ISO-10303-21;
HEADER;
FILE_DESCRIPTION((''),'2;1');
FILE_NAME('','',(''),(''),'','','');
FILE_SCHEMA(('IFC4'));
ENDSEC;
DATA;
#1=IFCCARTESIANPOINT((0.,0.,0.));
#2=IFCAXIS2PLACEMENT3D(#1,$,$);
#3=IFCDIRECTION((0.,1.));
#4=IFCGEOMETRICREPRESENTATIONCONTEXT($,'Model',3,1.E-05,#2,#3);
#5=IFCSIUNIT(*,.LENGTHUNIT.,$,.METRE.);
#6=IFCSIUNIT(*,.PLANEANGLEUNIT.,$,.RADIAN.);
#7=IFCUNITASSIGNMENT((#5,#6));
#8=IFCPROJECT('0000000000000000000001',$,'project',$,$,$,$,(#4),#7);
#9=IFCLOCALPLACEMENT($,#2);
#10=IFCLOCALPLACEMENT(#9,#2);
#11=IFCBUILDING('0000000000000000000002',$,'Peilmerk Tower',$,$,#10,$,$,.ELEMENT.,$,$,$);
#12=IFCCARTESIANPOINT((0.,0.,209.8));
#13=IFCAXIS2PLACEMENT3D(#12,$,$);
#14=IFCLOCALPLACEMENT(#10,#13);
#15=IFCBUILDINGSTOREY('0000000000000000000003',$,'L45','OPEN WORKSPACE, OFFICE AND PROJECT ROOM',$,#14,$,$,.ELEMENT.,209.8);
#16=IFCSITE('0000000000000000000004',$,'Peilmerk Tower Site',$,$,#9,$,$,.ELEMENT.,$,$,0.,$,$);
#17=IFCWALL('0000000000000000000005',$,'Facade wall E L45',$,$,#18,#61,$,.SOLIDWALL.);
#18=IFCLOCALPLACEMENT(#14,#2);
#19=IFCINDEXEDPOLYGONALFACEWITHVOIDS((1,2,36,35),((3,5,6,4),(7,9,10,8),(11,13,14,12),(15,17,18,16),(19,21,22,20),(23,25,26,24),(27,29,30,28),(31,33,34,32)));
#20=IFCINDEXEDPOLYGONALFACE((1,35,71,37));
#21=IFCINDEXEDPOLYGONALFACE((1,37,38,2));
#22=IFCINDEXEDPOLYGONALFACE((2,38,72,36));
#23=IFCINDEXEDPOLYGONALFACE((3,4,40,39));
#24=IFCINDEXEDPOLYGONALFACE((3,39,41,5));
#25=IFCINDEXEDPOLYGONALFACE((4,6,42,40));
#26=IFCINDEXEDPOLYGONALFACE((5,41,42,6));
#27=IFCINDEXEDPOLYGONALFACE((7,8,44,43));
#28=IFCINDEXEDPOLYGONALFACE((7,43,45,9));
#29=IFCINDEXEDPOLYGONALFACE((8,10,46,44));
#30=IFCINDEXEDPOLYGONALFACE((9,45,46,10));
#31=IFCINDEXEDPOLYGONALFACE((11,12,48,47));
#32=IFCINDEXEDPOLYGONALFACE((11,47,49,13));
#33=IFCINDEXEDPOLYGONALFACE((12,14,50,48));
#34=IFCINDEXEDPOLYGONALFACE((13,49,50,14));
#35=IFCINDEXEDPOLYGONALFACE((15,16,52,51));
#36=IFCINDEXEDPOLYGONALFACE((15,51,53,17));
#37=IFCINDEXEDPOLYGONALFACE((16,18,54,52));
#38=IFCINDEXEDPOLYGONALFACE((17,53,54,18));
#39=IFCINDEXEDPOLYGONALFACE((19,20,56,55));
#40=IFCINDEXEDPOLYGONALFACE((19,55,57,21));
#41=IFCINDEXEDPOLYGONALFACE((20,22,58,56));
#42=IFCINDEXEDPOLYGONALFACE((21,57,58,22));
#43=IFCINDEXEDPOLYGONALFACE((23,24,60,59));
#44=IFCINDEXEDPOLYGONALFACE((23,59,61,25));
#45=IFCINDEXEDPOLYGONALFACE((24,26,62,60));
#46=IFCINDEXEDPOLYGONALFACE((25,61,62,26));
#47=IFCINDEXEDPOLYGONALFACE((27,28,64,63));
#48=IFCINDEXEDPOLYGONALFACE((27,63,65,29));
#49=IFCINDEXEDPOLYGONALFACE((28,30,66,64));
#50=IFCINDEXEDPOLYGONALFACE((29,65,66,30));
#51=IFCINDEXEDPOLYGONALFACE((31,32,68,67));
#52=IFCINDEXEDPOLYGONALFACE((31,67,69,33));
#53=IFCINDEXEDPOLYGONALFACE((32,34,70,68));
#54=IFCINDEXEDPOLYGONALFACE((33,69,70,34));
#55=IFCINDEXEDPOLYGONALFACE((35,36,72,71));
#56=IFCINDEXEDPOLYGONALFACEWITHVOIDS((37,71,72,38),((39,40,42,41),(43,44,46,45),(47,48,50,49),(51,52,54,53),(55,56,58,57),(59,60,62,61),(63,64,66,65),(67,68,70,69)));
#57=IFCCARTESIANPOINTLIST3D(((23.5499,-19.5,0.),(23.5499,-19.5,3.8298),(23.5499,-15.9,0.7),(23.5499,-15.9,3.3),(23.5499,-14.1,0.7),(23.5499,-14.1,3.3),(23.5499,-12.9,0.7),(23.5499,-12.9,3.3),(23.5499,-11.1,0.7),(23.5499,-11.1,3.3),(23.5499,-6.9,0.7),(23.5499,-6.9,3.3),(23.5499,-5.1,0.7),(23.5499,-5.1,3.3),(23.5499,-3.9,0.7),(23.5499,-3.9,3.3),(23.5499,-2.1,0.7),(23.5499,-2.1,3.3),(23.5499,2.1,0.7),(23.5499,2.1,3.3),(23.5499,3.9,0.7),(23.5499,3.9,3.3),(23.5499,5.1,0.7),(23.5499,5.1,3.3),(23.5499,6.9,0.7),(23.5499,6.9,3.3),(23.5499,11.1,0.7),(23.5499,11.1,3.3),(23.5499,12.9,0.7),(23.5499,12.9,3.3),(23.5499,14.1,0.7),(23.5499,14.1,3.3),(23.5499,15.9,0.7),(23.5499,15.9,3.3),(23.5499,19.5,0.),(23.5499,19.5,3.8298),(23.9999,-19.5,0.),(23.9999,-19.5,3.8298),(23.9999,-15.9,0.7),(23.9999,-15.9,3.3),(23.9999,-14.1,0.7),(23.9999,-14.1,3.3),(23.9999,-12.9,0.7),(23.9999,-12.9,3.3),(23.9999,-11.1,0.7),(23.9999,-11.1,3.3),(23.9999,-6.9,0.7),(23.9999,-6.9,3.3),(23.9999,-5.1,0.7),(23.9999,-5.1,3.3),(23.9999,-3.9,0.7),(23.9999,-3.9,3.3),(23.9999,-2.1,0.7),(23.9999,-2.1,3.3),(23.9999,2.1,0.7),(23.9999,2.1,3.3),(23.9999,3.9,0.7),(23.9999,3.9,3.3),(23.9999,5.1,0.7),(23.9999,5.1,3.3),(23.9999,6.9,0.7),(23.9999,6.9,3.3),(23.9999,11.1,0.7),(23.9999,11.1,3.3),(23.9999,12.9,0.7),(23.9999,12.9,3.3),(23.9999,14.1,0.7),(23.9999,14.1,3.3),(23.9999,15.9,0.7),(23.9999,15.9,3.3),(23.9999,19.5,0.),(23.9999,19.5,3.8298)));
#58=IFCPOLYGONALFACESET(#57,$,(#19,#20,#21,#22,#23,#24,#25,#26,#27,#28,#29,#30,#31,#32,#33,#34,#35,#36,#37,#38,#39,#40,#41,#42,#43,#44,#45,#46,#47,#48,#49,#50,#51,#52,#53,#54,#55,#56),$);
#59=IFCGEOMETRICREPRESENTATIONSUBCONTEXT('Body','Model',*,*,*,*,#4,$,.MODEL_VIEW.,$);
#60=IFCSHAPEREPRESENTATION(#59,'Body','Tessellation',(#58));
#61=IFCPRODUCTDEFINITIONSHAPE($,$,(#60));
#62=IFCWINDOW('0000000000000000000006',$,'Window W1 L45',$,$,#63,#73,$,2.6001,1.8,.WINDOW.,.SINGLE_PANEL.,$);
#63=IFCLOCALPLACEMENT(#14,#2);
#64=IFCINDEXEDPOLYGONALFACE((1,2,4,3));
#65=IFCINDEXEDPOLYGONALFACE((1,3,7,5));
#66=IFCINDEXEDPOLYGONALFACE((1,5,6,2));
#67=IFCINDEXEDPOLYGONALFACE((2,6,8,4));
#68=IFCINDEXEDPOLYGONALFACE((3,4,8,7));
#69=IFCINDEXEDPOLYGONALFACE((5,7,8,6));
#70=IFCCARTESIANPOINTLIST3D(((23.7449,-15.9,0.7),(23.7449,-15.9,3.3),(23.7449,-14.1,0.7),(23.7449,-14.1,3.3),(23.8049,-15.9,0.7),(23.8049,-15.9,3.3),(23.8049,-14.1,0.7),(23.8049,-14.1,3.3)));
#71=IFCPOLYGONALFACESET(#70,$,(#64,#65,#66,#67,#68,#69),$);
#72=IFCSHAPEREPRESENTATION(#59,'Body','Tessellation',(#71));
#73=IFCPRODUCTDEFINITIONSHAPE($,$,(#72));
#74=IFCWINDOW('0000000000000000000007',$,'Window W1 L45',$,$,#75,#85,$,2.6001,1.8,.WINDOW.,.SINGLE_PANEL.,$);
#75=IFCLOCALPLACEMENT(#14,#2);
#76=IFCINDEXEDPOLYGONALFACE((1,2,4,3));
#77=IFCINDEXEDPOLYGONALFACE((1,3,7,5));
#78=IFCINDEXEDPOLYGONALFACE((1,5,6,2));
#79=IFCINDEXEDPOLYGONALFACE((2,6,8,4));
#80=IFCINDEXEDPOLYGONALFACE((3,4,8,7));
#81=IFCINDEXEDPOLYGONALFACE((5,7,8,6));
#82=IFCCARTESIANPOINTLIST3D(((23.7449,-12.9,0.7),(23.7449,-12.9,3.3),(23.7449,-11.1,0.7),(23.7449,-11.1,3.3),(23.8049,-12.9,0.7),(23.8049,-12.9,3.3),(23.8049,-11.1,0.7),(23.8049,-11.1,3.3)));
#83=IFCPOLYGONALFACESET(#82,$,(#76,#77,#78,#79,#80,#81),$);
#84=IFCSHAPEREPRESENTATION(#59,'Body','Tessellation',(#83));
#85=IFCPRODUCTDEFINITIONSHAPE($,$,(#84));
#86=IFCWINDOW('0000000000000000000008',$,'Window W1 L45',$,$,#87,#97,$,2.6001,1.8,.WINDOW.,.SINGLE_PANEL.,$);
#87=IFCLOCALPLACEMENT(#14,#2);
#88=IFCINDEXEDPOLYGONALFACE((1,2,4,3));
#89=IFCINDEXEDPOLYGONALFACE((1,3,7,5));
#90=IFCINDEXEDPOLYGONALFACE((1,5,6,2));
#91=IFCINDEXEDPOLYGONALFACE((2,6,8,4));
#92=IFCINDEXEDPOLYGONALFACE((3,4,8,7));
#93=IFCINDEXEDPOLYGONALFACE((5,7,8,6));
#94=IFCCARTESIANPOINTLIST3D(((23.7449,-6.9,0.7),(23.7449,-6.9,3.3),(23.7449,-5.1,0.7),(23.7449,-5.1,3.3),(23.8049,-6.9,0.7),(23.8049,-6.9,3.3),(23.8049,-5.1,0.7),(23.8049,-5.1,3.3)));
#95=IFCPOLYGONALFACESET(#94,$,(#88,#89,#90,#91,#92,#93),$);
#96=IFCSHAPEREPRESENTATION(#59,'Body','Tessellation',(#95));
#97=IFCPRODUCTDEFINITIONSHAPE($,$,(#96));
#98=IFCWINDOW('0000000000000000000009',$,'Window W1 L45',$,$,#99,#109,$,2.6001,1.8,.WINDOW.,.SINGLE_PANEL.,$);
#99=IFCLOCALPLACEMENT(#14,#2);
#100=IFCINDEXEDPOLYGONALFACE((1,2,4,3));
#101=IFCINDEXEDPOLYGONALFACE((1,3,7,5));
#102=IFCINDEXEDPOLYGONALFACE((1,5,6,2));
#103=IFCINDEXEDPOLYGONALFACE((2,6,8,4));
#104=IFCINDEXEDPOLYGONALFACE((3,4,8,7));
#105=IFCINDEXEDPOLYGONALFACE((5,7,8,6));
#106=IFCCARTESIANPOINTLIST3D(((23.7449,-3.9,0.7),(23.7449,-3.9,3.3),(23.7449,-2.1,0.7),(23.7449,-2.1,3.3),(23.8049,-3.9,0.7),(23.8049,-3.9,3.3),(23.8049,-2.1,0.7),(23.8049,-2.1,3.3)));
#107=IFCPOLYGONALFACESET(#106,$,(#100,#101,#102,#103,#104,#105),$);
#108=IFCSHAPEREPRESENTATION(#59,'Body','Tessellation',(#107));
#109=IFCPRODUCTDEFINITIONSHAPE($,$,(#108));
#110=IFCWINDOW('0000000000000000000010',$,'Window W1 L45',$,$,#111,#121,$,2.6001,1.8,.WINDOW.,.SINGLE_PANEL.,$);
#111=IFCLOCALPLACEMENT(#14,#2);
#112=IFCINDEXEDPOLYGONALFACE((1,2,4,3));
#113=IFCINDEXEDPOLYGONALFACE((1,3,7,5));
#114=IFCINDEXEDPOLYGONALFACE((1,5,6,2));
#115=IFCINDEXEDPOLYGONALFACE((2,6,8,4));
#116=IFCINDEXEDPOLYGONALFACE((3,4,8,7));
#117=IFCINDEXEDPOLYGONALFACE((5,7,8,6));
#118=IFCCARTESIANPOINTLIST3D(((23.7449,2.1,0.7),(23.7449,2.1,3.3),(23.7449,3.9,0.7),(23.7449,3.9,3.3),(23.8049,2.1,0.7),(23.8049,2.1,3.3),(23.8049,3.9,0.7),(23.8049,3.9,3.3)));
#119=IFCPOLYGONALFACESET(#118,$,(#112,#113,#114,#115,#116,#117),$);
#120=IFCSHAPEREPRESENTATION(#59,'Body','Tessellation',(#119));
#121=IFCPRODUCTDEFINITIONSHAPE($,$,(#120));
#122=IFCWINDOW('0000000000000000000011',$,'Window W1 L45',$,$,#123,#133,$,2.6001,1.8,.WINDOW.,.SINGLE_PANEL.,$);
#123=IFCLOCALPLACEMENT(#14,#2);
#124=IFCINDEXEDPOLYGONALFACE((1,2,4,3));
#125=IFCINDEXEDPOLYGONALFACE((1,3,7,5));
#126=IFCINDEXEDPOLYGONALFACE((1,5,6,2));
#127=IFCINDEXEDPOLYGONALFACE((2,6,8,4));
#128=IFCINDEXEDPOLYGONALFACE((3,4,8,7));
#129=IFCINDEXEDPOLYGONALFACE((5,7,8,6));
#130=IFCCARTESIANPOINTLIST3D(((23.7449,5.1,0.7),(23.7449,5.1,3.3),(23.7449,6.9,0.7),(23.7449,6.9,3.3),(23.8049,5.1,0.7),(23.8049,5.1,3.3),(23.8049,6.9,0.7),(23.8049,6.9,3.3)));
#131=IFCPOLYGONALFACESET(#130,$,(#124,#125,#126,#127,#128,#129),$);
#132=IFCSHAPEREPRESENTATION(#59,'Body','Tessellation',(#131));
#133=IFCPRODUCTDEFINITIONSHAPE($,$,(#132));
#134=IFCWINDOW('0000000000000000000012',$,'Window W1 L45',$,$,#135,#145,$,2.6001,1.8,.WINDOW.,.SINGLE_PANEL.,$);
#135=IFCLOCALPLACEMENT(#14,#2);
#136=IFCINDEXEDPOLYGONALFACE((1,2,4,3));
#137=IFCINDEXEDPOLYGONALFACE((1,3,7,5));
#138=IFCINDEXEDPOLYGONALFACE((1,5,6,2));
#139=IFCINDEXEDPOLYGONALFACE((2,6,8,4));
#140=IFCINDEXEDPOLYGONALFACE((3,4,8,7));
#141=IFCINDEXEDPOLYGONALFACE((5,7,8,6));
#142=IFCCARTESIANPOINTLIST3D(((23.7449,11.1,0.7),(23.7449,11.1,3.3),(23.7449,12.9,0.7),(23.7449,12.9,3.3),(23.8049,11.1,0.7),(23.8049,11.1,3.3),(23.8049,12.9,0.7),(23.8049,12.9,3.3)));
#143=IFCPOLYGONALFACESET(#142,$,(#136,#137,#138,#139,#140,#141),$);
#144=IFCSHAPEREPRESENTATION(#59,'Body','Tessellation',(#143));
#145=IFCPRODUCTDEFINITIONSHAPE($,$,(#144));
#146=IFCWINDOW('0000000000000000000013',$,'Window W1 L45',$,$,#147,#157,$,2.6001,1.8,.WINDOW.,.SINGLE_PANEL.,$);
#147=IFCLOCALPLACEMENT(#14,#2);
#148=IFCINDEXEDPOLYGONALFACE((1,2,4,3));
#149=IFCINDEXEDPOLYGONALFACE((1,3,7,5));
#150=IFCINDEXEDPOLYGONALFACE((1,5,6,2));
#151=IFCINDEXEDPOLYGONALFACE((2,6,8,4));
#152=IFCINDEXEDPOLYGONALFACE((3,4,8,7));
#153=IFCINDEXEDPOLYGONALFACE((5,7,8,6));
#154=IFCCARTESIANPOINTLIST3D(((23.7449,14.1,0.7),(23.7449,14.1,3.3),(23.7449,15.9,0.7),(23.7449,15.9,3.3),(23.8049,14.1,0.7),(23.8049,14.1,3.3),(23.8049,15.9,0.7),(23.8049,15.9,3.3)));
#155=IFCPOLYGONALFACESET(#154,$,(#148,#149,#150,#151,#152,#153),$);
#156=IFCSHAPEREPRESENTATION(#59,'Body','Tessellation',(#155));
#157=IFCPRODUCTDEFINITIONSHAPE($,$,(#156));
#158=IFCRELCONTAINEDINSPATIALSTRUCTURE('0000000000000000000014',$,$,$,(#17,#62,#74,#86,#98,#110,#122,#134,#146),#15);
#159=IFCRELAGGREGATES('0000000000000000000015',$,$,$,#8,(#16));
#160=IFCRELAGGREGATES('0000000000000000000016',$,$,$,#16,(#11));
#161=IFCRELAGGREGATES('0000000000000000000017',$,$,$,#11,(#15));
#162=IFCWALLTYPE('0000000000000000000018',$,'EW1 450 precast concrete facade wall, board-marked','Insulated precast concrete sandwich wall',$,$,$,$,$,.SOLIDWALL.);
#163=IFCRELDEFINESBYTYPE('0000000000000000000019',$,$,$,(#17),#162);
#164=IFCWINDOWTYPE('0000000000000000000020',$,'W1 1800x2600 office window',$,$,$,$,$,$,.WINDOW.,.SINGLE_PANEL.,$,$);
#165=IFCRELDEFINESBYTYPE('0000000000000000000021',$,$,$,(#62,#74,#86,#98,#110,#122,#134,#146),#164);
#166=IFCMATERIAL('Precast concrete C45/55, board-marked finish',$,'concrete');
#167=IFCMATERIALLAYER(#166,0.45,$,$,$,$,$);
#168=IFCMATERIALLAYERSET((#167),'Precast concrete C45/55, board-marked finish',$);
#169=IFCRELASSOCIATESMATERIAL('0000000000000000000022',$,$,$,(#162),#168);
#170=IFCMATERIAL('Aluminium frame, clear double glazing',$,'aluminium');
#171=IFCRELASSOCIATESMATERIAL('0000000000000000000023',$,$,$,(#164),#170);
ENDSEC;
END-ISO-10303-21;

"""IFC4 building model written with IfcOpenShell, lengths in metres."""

from ifc_helpers import new_model, si_unit, direction, frame, frame_2d, origin, place, context, subcontext, project, spatial, rectangle, extrude, material, layer, layer_set, type_object, element, fill, save


model = new_model("IFC4")

# Units and contexts
model_context = context("Model", 3, precision=1e-05, world=origin(), true_north=direction((0.0, 1.0)))
body_context = subcontext(model_context, "Body", "Model", "MODEL_VIEW")
ifc_project = project(units=[si_unit("LENGTHUNIT", "METRE"), si_unit("PLANEANGLEUNIT", "RADIAN")], contexts=[model_context])

# Site, building, storey
site_placement = place(None, origin())
site = spatial("IfcSite", under=ifc_project, at=site_placement, Name="Peilmerk Tower Site", CompositionType="ELEMENT", RefElevation=0.0)
building_placement = place(site_placement, origin())
building = spatial("IfcBuilding", under=site, at=building_placement, Name="Peilmerk Tower", CompositionType="ELEMENT")
storey_placement = place(building_placement, frame((0.0, 0.0, 209.8)))
storey = spatial("IfcBuildingStorey", under=building, at=storey_placement, Name="L45", Description="OPEN WORKSPACE, OFFICE AND PROJECT ROOM", CompositionType="ELEMENT", Elevation=209.8)

# Wall, openings, windows
ifc_material_1 = material(Name="Precast concrete C45/55, board-marked finish", Category="concrete")
ifc_layer_1 = layer(ifc_material_1, 0.45)
ifc_layer_set_1 = layer_set([ifc_layer_1], Name="Precast concrete C45/55, board-marked finish")
wall_type = type_object("IfcWallType", Name="EW1 450 precast concrete facade wall, board-marked", Description="Insulated precast concrete sandwich wall", PredefinedType="SOLIDWALL", material=ifc_layer_set_1)
wall_1_placement = place(storey_placement, frame((23.7749, -19.5, 0.0), z_axis=(0.0, 0.0, 1.0), x_axis=(0.0, 1.0, 0.0)))
wall_1 = element("IfcWall", 1, at=wall_1_placement, inside=storey, type_object=wall_type, Name="Facade wall E L45", PredefinedType="SOLIDWALL", context=body_context, shape_type="SweptSolid", body=[
    extrude(rectangle(XDim=39.0, YDim=0.45, at=frame_2d((19.5, 0.0))), origin(), (0.0, 0.0, 1.0), 3.8298),
])
opening_1_placement = place(wall_1_placement, frame((3.6001, 0.0, 0.7)))
opening_1 = element("IfcOpeningElement", 2, at=opening_1_placement, cuts=wall_1, PredefinedType="OPENING", context=body_context, shape_type="SweptSolid", body=[
    extrude(rectangle(XDim=1.8, YDim=2.6001, at=frame_2d((0.8999, 1.3))), frame((0.0, 0.2349, 0.0), z_axis=(0.0, -1.0, 0.0), x_axis=(1.0, 0.0, 0.0)), (0.0, 0.0, 1.0), 0.47),
])
opening_2_placement = place(wall_1_placement, frame((6.6001, 0.0, 0.7)))
opening_2 = element("IfcOpeningElement", 3, at=opening_2_placement, cuts=wall_1, PredefinedType="OPENING", context=body_context, shape_type="SweptSolid", body=[
    extrude(rectangle(XDim=1.8, YDim=2.6001, at=frame_2d((0.8999, 1.3))), frame((0.0, 0.2349, 0.0), z_axis=(0.0, -1.0, 0.0), x_axis=(1.0, 0.0, 0.0)), (0.0, 0.0, 1.0), 0.47),
])
opening_3_placement = place(wall_1_placement, frame((12.6001, 0.0, 0.7)))
opening_3 = element("IfcOpeningElement", 4, at=opening_3_placement, cuts=wall_1, PredefinedType="OPENING", context=body_context, shape_type="SweptSolid", body=[
    extrude(rectangle(XDim=1.8, YDim=2.6001, at=frame_2d((0.8999, 1.3))), frame((0.0, 0.2349, 0.0), z_axis=(0.0, -1.0, 0.0), x_axis=(1.0, 0.0, 0.0)), (0.0, 0.0, 1.0), 0.47),
])
opening_4_placement = place(wall_1_placement, frame((15.6001, 0.0, 0.7)))
opening_4 = element("IfcOpeningElement", 5, at=opening_4_placement, cuts=wall_1, PredefinedType="OPENING", context=body_context, shape_type="SweptSolid", body=[
    extrude(rectangle(XDim=1.8, YDim=2.6001, at=frame_2d((0.8999, 1.3))), frame((0.0, 0.2349, 0.0), z_axis=(0.0, -1.0, 0.0), x_axis=(1.0, 0.0, 0.0)), (0.0, 0.0, 1.0), 0.47),
])
opening_5_placement = place(wall_1_placement, frame((21.6001, 0.0, 0.7)))
opening_5 = element("IfcOpeningElement", 6, at=opening_5_placement, cuts=wall_1, PredefinedType="OPENING", context=body_context, shape_type="SweptSolid", body=[
    extrude(rectangle(XDim=1.8, YDim=2.6001, at=frame_2d((0.8999, 1.3))), frame((0.0, 0.2349, 0.0), z_axis=(0.0, -1.0, 0.0), x_axis=(1.0, 0.0, 0.0)), (0.0, 0.0, 1.0), 0.47),
])
opening_6_placement = place(wall_1_placement, frame((24.6001, 0.0, 0.7)))
opening_6 = element("IfcOpeningElement", 7, at=opening_6_placement, cuts=wall_1, PredefinedType="OPENING", context=body_context, shape_type="SweptSolid", body=[
    extrude(rectangle(XDim=1.8, YDim=2.6001, at=frame_2d((0.8999, 1.3))), frame((0.0, 0.2349, 0.0), z_axis=(0.0, -1.0, 0.0), x_axis=(1.0, 0.0, 0.0)), (0.0, 0.0, 1.0), 0.47),
])
opening_7_placement = place(wall_1_placement, frame((30.6001, 0.0, 0.7)))
opening_7 = element("IfcOpeningElement", 8, at=opening_7_placement, cuts=wall_1, PredefinedType="OPENING", context=body_context, shape_type="SweptSolid", body=[
    extrude(rectangle(XDim=1.8, YDim=2.6001, at=frame_2d((0.8999, 1.3))), frame((0.0, 0.2349, 0.0), z_axis=(0.0, -1.0, 0.0), x_axis=(1.0, 0.0, 0.0)), (0.0, 0.0, 1.0), 0.47),
])
opening_8_placement = place(wall_1_placement, frame((33.6001, 0.0, 0.7)))
opening_8 = element("IfcOpeningElement", 9, at=opening_8_placement, cuts=wall_1, PredefinedType="OPENING", context=body_context, shape_type="SweptSolid", body=[
    extrude(rectangle(XDim=1.8, YDim=2.6001, at=frame_2d((0.8999, 1.3))), frame((0.0, 0.2349, 0.0), z_axis=(0.0, -1.0, 0.0), x_axis=(1.0, 0.0, 0.0)), (0.0, 0.0, 1.0), 0.47),
])
ifc_material_2 = material(Name="Aluminium frame, clear double glazing", Category="aluminium")
window_type = type_object("IfcWindowType", Name="W1 1800x2600 office window", PartitioningType="SINGLE_PANEL", PredefinedType="WINDOW", material=ifc_material_2)
window_1_placement = place(opening_1_placement, origin())
window_1 = element("IfcWindow", 10, at=window_1_placement, inside=storey, type_object=window_type, Name="Window W1 L45", OverallHeight=2.6001, OverallWidth=1.8, PartitioningType="SINGLE_PANEL", PredefinedType="WINDOW", context=body_context, shape_type="SweptSolid", body=[
    extrude(rectangle(XDim=1.8, YDim=2.6001, at=frame_2d((0.8999, 1.3))), frame((0.0, 0.03, 0.0), z_axis=(0.0, -1.0, 0.0), x_axis=(1.0, 0.0, 0.0)), (0.0, 0.0, 1.0), 0.0601),
])
fill(opening_1, window_1)
window_2_placement = place(opening_2_placement, origin())
window_2 = element("IfcWindow", 11, at=window_2_placement, inside=storey, type_object=window_type, Name="Window W1 L45", OverallHeight=2.6001, OverallWidth=1.8, PartitioningType="SINGLE_PANEL", PredefinedType="WINDOW", context=body_context, shape_type="SweptSolid", body=[
    extrude(rectangle(XDim=1.8, YDim=2.6001, at=frame_2d((0.8999, 1.3))), frame((0.0, 0.03, 0.0), z_axis=(0.0, -1.0, 0.0), x_axis=(1.0, 0.0, 0.0)), (0.0, 0.0, 1.0), 0.0601),
])
fill(opening_2, window_2)
window_3_placement = place(opening_3_placement, origin())
window_3 = element("IfcWindow", 12, at=window_3_placement, inside=storey, type_object=window_type, Name="Window W1 L45", OverallHeight=2.6001, OverallWidth=1.8, PartitioningType="SINGLE_PANEL", PredefinedType="WINDOW", context=body_context, shape_type="SweptSolid", body=[
    extrude(rectangle(XDim=1.8, YDim=2.6001, at=frame_2d((0.8999, 1.3))), frame((0.0, 0.03, 0.0), z_axis=(0.0, -1.0, 0.0), x_axis=(1.0, 0.0, 0.0)), (0.0, 0.0, 1.0), 0.0601),
])
fill(opening_3, window_3)
window_4_placement = place(opening_4_placement, origin())
window_4 = element("IfcWindow", 13, at=window_4_placement, inside=storey, type_object=window_type, Name="Window W1 L45", OverallHeight=2.6001, OverallWidth=1.8, PartitioningType="SINGLE_PANEL", PredefinedType="WINDOW", context=body_context, shape_type="SweptSolid", body=[
    extrude(rectangle(XDim=1.8, YDim=2.6001, at=frame_2d((0.8999, 1.3))), frame((0.0, 0.03, 0.0), z_axis=(0.0, -1.0, 0.0), x_axis=(1.0, 0.0, 0.0)), (0.0, 0.0, 1.0), 0.0601),
])
fill(opening_4, window_4)
window_5_placement = place(opening_5_placement, origin())
window_5 = element("IfcWindow", 14, at=window_5_placement, inside=storey, type_object=window_type, Name="Window W1 L45", OverallHeight=2.6001, OverallWidth=1.8, PartitioningType="SINGLE_PANEL", PredefinedType="WINDOW", context=body_context, shape_type="SweptSolid", body=[
    extrude(rectangle(XDim=1.8, YDim=2.6001, at=frame_2d((0.8999, 1.3))), frame((0.0, 0.03, 0.0), z_axis=(0.0, -1.0, 0.0), x_axis=(1.0, 0.0, 0.0)), (0.0, 0.0, 1.0), 0.0601),
])
fill(opening_5, window_5)
window_6_placement = place(opening_6_placement, origin())
window_6 = element("IfcWindow", 15, at=window_6_placement, inside=storey, type_object=window_type, Name="Window W1 L45", OverallHeight=2.6001, OverallWidth=1.8, PartitioningType="SINGLE_PANEL", PredefinedType="WINDOW", context=body_context, shape_type="SweptSolid", body=[
    extrude(rectangle(XDim=1.8, YDim=2.6001, at=frame_2d((0.8999, 1.3))), frame((0.0, 0.03, 0.0), z_axis=(0.0, -1.0, 0.0), x_axis=(1.0, 0.0, 0.0)), (0.0, 0.0, 1.0), 0.0601),
])
fill(opening_6, window_6)
window_7_placement = place(opening_7_placement, origin())
window_7 = element("IfcWindow", 16, at=window_7_placement, inside=storey, type_object=window_type, Name="Window W1 L45", OverallHeight=2.6001, OverallWidth=1.8, PartitioningType="SINGLE_PANEL", PredefinedType="WINDOW", context=body_context, shape_type="SweptSolid", body=[
    extrude(rectangle(XDim=1.8, YDim=2.6001, at=frame_2d((0.8999, 1.3))), frame((0.0, 0.03, 0.0), z_axis=(0.0, -1.0, 0.0), x_axis=(1.0, 0.0, 0.0)), (0.0, 0.0, 1.0), 0.0601),
])
fill(opening_7, window_7)
window_8_placement = place(opening_8_placement, origin())
window_8 = element("IfcWindow", 17, at=window_8_placement, inside=storey, type_object=window_type, Name="Window W1 L45", OverallHeight=2.6001, OverallWidth=1.8, PartitioningType="SINGLE_PANEL", PredefinedType="WINDOW", context=body_context, shape_type="SweptSolid", body=[
    extrude(rectangle(XDim=1.8, YDim=2.6001, at=frame_2d((0.8999, 1.3))), frame((0.0, 0.03, 0.0), z_axis=(0.0, -1.0, 0.0), x_axis=(1.0, 0.0, 0.0)), (0.0, 0.0, 1.0), 0.0601),
])
fill(opening_8, window_8)

save(model, "model.ifc")
